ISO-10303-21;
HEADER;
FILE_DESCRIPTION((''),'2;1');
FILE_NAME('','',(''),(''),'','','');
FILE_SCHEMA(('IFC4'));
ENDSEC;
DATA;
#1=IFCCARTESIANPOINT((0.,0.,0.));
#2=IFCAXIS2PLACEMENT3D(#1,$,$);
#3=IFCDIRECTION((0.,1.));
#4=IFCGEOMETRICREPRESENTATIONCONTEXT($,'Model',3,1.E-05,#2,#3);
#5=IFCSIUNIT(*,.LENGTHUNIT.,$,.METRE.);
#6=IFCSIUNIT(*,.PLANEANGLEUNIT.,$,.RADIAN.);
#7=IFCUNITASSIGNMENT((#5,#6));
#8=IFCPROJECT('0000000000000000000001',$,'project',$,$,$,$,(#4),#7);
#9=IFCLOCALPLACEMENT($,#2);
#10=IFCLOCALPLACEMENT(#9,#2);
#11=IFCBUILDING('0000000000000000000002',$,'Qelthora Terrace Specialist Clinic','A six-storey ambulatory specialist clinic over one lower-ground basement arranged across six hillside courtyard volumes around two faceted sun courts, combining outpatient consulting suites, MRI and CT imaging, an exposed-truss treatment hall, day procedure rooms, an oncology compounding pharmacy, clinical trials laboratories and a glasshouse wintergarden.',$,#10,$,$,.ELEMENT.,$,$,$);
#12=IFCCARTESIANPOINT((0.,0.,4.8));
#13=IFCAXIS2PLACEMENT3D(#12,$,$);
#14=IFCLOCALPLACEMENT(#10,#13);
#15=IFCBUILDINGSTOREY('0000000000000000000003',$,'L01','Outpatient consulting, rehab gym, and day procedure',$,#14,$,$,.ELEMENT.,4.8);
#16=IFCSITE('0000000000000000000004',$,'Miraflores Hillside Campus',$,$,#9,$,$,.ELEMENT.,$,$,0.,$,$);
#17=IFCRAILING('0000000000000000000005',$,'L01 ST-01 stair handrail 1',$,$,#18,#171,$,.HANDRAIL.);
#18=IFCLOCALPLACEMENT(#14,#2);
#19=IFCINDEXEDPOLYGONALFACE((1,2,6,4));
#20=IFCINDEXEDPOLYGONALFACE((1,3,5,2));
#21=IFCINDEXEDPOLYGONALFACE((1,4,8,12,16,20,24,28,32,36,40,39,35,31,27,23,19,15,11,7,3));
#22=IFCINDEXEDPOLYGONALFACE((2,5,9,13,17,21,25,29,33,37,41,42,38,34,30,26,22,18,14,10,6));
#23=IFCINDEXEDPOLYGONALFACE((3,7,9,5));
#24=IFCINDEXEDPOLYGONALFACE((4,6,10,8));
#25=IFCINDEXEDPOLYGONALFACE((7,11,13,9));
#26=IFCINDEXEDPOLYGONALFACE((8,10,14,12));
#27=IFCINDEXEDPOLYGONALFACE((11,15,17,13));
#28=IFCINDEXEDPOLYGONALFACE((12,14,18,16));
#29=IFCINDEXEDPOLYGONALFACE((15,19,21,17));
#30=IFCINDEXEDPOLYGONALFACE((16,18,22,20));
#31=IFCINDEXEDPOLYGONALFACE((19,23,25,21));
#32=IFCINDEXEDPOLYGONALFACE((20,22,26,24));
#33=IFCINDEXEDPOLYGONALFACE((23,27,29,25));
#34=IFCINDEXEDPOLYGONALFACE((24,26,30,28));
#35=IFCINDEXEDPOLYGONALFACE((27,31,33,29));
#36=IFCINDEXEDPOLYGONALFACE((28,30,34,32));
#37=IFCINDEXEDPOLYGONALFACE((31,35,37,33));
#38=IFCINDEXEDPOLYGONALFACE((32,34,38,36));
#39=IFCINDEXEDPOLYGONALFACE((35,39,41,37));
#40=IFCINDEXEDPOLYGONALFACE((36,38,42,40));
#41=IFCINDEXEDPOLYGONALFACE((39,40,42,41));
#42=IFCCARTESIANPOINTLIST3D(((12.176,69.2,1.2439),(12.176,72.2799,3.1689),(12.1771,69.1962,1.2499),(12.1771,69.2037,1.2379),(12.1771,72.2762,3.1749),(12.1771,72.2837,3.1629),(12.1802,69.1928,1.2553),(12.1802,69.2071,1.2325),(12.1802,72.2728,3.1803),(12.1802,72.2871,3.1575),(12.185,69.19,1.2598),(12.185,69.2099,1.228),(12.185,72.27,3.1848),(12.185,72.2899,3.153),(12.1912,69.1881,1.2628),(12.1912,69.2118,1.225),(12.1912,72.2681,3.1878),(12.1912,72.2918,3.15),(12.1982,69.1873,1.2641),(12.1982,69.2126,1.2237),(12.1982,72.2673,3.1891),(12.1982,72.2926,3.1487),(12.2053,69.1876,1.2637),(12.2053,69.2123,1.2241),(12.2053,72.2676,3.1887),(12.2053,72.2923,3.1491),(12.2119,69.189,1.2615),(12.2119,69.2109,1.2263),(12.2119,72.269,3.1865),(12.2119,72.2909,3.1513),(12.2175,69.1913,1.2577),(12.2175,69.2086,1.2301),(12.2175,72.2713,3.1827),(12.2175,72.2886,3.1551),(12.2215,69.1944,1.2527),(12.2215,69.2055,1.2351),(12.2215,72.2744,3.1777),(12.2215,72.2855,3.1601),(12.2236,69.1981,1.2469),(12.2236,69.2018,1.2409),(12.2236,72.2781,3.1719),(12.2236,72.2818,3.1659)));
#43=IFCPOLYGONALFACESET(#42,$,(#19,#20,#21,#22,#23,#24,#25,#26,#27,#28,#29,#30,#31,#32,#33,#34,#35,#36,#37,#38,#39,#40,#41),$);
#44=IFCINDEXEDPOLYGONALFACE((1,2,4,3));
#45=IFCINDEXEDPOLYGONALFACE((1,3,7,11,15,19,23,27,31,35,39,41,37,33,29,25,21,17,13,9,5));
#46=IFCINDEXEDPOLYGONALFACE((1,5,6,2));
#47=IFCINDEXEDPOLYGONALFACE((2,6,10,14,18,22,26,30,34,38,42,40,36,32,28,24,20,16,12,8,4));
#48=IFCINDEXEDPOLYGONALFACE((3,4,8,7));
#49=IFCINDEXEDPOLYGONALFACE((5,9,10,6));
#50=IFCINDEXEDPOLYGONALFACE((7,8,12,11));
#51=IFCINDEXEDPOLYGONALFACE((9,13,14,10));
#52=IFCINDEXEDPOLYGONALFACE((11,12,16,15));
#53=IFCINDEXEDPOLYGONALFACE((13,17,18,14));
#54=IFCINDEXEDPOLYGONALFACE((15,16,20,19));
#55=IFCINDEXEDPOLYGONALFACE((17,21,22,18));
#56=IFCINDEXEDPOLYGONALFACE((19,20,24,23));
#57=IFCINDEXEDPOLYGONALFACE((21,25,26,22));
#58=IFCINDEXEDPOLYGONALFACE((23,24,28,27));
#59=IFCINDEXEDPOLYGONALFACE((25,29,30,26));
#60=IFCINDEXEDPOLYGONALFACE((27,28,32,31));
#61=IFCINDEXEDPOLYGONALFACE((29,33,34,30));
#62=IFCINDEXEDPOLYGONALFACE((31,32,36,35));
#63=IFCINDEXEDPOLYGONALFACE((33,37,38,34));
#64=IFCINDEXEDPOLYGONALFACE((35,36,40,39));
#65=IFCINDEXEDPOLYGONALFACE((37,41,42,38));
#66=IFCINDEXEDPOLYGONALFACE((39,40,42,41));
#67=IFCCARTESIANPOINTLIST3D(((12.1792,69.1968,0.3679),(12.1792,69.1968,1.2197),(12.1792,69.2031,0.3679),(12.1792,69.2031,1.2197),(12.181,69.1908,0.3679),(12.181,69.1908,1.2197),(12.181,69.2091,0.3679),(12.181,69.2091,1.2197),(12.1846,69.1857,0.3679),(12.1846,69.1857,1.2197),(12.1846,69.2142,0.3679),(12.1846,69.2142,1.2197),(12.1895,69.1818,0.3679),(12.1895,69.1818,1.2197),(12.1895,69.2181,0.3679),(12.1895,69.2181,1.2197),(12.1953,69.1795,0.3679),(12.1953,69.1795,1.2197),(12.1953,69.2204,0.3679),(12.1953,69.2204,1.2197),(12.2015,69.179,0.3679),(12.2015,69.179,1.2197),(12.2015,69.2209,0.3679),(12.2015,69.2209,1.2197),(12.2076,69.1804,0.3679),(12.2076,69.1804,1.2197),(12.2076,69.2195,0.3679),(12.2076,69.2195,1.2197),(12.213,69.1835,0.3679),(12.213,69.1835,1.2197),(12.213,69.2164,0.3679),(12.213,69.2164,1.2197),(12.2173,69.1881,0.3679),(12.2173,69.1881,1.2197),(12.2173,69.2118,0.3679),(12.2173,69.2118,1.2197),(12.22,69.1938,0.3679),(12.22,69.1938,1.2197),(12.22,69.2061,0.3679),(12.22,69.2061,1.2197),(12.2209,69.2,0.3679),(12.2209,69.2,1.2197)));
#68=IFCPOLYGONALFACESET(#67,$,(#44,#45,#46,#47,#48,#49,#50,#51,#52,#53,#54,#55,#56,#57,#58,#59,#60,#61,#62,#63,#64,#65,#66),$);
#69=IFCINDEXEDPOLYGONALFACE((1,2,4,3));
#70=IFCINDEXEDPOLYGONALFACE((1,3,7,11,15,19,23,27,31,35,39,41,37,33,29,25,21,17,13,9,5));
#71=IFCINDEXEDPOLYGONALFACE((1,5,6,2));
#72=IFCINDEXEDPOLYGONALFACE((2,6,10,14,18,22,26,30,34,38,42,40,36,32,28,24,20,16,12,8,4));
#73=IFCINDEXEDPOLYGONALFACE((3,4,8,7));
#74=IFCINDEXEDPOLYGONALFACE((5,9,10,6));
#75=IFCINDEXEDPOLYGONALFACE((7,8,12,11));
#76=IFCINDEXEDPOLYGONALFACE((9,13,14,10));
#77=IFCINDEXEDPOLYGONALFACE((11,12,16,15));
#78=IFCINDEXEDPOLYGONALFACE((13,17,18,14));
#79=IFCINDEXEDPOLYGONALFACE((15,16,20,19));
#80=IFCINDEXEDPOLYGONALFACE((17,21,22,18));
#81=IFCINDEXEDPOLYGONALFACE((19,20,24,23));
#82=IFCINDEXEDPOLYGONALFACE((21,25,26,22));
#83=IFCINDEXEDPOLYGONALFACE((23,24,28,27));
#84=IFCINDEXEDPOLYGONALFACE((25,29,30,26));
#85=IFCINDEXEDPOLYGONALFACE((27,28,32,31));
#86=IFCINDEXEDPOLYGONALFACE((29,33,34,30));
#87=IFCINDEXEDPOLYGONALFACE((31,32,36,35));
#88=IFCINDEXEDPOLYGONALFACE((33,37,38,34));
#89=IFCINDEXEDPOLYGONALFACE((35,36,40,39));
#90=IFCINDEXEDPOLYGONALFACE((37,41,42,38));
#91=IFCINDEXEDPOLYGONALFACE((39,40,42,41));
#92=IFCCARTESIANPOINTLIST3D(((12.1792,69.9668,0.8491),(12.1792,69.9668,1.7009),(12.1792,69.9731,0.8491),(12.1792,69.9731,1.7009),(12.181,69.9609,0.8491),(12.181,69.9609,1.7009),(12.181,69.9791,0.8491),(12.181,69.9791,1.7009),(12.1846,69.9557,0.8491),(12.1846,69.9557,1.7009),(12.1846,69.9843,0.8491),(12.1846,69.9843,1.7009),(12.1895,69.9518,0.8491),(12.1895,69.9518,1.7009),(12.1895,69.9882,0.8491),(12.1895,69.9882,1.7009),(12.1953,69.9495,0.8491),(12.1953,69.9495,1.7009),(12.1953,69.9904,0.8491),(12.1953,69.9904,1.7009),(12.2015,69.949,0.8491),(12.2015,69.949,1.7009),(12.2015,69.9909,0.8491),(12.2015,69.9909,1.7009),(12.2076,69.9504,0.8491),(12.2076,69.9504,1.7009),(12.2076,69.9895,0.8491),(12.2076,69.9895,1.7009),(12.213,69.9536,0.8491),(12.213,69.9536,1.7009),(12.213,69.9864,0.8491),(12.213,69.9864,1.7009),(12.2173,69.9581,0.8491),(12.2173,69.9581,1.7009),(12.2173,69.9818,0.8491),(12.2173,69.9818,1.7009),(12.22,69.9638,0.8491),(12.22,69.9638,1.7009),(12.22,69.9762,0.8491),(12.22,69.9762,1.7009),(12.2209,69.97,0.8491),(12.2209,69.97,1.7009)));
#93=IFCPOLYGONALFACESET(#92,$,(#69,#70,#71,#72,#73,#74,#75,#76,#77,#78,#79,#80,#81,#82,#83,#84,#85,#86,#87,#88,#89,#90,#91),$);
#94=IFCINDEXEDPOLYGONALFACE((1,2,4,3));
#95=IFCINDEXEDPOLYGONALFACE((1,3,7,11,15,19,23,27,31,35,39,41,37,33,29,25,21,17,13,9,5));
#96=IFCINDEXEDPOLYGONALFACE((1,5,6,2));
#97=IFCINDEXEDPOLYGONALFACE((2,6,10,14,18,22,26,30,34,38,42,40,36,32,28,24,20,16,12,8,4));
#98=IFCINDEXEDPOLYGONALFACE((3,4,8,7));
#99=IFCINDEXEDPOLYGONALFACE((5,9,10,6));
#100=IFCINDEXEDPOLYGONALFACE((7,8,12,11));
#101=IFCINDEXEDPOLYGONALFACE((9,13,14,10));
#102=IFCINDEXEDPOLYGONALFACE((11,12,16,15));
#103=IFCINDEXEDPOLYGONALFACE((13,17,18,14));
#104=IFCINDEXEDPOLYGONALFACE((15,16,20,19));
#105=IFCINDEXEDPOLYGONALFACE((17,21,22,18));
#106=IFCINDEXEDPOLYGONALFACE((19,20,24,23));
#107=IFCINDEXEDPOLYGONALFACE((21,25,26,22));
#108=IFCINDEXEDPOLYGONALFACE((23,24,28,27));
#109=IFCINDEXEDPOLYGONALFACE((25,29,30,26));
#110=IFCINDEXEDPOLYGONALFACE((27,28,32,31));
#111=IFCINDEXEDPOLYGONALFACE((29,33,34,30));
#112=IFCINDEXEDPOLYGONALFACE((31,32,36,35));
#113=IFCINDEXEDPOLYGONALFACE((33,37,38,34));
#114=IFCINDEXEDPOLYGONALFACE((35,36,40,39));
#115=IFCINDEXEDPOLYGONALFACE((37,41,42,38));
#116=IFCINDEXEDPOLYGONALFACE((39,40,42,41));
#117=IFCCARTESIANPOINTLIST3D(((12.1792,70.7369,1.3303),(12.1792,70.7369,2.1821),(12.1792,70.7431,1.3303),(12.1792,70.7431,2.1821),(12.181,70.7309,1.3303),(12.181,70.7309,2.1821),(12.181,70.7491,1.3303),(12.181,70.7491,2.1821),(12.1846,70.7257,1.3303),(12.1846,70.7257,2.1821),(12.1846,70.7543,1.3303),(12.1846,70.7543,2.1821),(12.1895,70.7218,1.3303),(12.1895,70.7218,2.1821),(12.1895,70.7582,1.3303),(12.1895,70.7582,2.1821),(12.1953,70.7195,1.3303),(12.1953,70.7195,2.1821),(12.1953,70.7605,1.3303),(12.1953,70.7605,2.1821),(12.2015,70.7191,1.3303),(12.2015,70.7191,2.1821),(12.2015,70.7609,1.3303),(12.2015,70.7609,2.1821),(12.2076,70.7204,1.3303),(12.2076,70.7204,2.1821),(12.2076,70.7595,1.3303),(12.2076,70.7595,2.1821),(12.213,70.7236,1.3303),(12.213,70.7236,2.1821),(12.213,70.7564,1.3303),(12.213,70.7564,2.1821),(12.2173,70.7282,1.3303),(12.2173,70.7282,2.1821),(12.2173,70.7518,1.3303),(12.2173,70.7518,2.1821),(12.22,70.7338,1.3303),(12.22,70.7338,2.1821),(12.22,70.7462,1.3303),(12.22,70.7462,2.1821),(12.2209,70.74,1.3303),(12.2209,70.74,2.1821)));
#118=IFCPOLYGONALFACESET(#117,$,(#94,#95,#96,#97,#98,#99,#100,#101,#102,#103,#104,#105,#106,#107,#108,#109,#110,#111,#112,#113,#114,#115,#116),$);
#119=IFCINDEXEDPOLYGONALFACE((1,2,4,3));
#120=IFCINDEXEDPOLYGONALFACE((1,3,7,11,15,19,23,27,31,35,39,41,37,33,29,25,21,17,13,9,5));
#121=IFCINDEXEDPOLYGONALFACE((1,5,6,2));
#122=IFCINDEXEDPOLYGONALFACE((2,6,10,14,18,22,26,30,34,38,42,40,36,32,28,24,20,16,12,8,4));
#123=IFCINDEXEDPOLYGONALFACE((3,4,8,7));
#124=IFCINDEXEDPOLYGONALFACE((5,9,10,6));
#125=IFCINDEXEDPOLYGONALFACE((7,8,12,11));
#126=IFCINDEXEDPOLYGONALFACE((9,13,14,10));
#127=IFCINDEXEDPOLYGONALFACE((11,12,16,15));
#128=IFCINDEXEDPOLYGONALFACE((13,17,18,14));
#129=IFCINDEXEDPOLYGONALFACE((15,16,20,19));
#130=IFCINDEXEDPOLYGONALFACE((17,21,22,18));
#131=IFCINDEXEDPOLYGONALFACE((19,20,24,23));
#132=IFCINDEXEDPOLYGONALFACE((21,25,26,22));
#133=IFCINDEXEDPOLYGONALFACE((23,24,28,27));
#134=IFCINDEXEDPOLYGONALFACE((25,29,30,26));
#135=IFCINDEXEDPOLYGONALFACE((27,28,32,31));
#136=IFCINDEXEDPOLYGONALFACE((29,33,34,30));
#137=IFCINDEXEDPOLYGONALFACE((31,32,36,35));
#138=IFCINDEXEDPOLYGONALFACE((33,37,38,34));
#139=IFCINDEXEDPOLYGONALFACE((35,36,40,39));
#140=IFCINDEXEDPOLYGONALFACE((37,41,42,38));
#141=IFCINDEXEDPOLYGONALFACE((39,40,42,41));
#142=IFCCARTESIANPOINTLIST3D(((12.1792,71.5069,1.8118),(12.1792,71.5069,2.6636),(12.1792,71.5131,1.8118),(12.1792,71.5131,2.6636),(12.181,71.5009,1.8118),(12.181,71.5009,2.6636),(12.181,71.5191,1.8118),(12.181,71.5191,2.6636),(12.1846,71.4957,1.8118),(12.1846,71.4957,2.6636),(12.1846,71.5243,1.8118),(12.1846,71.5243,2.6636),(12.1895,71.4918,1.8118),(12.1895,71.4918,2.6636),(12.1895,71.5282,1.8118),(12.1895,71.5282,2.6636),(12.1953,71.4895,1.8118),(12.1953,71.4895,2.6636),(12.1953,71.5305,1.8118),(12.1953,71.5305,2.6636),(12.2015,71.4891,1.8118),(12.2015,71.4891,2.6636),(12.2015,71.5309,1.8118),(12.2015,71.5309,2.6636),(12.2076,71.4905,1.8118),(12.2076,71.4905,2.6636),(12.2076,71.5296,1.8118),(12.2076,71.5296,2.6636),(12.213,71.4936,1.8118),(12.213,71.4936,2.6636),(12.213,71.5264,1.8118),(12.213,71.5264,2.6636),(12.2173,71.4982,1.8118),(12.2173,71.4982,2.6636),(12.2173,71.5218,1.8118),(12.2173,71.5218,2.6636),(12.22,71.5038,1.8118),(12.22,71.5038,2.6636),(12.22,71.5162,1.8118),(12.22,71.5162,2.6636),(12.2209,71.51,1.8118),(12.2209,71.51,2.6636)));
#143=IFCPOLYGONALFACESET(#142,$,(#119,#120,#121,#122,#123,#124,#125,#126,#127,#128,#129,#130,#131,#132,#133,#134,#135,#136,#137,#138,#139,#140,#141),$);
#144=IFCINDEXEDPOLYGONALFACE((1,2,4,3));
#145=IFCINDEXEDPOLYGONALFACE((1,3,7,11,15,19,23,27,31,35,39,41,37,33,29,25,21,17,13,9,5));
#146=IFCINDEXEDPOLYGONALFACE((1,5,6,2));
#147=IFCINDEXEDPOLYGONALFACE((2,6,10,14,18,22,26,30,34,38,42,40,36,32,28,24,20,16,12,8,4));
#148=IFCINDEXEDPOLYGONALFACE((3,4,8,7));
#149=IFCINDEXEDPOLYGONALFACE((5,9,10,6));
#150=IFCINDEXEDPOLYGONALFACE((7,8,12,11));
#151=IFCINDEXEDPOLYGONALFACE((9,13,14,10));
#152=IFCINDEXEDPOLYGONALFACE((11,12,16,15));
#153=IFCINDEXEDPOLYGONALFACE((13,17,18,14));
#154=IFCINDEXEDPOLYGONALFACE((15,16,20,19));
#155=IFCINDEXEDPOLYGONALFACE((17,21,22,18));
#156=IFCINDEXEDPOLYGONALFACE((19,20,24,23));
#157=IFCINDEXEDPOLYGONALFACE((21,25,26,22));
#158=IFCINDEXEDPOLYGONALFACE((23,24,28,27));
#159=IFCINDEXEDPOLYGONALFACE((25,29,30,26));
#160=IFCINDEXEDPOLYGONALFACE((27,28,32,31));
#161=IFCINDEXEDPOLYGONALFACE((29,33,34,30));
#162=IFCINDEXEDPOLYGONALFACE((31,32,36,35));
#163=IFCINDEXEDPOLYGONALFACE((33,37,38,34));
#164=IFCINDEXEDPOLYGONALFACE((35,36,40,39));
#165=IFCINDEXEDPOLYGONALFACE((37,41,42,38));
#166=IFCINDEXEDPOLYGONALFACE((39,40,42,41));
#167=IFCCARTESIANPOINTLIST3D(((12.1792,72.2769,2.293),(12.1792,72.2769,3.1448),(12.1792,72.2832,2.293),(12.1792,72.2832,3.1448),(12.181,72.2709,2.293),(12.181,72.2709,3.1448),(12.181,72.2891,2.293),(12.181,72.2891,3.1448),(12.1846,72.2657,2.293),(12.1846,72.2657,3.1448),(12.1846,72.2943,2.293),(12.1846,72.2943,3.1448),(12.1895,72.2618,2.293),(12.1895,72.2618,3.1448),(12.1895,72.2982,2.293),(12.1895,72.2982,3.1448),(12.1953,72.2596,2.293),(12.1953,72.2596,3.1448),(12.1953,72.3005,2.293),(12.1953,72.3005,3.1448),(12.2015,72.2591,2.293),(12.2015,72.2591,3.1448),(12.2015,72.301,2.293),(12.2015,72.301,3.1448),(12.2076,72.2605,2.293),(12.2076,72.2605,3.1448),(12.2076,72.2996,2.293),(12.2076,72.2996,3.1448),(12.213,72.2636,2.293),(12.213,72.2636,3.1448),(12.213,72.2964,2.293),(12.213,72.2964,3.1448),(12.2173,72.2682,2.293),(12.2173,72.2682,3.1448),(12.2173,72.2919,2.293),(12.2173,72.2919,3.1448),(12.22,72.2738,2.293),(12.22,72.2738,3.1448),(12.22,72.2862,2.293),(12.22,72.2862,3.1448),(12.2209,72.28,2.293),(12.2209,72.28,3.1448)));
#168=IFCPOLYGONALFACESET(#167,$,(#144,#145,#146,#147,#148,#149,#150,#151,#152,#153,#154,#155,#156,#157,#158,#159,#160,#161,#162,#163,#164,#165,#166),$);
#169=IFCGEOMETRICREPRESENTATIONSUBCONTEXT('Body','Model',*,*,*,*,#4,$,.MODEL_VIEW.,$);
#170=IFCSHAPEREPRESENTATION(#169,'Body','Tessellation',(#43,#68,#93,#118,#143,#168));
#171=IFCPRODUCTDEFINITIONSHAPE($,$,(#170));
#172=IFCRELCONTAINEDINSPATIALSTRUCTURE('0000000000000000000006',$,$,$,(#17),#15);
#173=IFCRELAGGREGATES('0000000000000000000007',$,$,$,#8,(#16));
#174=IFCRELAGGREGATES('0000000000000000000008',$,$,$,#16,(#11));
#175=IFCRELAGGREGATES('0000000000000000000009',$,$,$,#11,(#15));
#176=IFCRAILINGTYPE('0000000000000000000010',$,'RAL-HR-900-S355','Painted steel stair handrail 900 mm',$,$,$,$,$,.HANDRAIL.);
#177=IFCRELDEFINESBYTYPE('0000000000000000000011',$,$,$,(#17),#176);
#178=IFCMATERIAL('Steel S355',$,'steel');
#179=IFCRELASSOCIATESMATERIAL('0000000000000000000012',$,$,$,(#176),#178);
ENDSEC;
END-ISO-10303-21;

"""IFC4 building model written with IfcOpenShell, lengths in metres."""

from ifc_helpers import new_model, si_unit, direction, frame, origin, origin_2d, place, context, subcontext, project, spatial, circle, extrude, material, type_object, element, save


model = new_model("IFC4")

# Units and contexts
model_context = context("Model", 3, precision=1e-05, world=origin(), true_north=direction((0.0, 1.0)))
body_context = subcontext(model_context, "Body", "Model", "MODEL_VIEW")
ifc_project = project(units=[si_unit("LENGTHUNIT", "METRE"), si_unit("PLANEANGLEUNIT", "RADIAN")], contexts=[model_context])

# Site, building, storey
site_placement = place(None, origin())
site = spatial("IfcSite", under=ifc_project, at=site_placement, Name="Miraflores Hillside Campus", CompositionType="ELEMENT", RefElevation=0.0)
building_placement = place(site_placement, origin())
building = spatial("IfcBuilding", under=site, at=building_placement, Name="Qelthora Terrace Specialist Clinic", Description="A six-storey ambulatory specialist clinic over one lower-ground basement arranged across six hillside courtyard volumes around two faceted sun courts, combining outpatient consulting suites, MRI and CT imaging, an exposed-truss treatment hall, day procedure rooms, an oncology compounding pharmacy, clinical trials laboratories and a glasshouse wintergarden.", CompositionType="ELEMENT")
storey_placement = place(building_placement, frame((0.0, 0.0, 4.8)))
storey = spatial("IfcBuildingStorey", under=building, at=storey_placement, Name="L01", Description="Outpatient consulting, rehab gym, and day procedure", CompositionType="ELEMENT", Elevation=4.8)

# Shared definitions
ifc_material_1 = material(Name="Steel S355", Category="steel")

# Railing
railing_type_1 = type_object("IfcRailingType", Name="RAL-HR-900-S355", Description="Painted steel stair handrail 900 mm", PredefinedType="HANDRAIL", material=ifc_material_1)
railing_1_placement = place(storey_placement, frame((12.2, 69.2, 0.3679)))
element("IfcRailing", 1, at=railing_1_placement, inside=storey, type_object=railing_type_1, Name="L01 ST-01 stair handrail 1", PredefinedType="HANDRAIL", context=body_context, shape_type="SweptSolid", body=[
    extrude(circle(Radius=0.0239, at=origin_2d()), frame((0.0, 0.0, 0.876), z_axis=(0.0, 0.847998, 0.529999), x_axis=(-1.0, 0.0, 0.0)), (0.0, 0.0, 1.0), 3.6321),
    extrude(circle(Radius=0.021, at=origin_2d()), origin(), (0.0, 0.0, 1.0), 0.8518),
    extrude(circle(Radius=0.021, at=origin_2d()), frame((0.0, 0.77, 0.4812)), (0.0, 0.0, 1.0), 0.8518),
    extrude(circle(Radius=0.021, at=origin_2d()), frame((0.0, 1.54, 0.9624)), (0.0, 0.0, 1.0), 0.8518),
    extrude(circle(Radius=0.021, at=origin_2d()), frame((0.0, 2.3101, 1.4438)), (0.0, 0.0, 1.0), 0.8518),
    extrude(circle(Radius=0.021, at=origin_2d()), frame((0.0, 3.0801, 1.925)), (0.0, 0.0, 1.0), 0.8518),
])

save(model, "model.ifc")
